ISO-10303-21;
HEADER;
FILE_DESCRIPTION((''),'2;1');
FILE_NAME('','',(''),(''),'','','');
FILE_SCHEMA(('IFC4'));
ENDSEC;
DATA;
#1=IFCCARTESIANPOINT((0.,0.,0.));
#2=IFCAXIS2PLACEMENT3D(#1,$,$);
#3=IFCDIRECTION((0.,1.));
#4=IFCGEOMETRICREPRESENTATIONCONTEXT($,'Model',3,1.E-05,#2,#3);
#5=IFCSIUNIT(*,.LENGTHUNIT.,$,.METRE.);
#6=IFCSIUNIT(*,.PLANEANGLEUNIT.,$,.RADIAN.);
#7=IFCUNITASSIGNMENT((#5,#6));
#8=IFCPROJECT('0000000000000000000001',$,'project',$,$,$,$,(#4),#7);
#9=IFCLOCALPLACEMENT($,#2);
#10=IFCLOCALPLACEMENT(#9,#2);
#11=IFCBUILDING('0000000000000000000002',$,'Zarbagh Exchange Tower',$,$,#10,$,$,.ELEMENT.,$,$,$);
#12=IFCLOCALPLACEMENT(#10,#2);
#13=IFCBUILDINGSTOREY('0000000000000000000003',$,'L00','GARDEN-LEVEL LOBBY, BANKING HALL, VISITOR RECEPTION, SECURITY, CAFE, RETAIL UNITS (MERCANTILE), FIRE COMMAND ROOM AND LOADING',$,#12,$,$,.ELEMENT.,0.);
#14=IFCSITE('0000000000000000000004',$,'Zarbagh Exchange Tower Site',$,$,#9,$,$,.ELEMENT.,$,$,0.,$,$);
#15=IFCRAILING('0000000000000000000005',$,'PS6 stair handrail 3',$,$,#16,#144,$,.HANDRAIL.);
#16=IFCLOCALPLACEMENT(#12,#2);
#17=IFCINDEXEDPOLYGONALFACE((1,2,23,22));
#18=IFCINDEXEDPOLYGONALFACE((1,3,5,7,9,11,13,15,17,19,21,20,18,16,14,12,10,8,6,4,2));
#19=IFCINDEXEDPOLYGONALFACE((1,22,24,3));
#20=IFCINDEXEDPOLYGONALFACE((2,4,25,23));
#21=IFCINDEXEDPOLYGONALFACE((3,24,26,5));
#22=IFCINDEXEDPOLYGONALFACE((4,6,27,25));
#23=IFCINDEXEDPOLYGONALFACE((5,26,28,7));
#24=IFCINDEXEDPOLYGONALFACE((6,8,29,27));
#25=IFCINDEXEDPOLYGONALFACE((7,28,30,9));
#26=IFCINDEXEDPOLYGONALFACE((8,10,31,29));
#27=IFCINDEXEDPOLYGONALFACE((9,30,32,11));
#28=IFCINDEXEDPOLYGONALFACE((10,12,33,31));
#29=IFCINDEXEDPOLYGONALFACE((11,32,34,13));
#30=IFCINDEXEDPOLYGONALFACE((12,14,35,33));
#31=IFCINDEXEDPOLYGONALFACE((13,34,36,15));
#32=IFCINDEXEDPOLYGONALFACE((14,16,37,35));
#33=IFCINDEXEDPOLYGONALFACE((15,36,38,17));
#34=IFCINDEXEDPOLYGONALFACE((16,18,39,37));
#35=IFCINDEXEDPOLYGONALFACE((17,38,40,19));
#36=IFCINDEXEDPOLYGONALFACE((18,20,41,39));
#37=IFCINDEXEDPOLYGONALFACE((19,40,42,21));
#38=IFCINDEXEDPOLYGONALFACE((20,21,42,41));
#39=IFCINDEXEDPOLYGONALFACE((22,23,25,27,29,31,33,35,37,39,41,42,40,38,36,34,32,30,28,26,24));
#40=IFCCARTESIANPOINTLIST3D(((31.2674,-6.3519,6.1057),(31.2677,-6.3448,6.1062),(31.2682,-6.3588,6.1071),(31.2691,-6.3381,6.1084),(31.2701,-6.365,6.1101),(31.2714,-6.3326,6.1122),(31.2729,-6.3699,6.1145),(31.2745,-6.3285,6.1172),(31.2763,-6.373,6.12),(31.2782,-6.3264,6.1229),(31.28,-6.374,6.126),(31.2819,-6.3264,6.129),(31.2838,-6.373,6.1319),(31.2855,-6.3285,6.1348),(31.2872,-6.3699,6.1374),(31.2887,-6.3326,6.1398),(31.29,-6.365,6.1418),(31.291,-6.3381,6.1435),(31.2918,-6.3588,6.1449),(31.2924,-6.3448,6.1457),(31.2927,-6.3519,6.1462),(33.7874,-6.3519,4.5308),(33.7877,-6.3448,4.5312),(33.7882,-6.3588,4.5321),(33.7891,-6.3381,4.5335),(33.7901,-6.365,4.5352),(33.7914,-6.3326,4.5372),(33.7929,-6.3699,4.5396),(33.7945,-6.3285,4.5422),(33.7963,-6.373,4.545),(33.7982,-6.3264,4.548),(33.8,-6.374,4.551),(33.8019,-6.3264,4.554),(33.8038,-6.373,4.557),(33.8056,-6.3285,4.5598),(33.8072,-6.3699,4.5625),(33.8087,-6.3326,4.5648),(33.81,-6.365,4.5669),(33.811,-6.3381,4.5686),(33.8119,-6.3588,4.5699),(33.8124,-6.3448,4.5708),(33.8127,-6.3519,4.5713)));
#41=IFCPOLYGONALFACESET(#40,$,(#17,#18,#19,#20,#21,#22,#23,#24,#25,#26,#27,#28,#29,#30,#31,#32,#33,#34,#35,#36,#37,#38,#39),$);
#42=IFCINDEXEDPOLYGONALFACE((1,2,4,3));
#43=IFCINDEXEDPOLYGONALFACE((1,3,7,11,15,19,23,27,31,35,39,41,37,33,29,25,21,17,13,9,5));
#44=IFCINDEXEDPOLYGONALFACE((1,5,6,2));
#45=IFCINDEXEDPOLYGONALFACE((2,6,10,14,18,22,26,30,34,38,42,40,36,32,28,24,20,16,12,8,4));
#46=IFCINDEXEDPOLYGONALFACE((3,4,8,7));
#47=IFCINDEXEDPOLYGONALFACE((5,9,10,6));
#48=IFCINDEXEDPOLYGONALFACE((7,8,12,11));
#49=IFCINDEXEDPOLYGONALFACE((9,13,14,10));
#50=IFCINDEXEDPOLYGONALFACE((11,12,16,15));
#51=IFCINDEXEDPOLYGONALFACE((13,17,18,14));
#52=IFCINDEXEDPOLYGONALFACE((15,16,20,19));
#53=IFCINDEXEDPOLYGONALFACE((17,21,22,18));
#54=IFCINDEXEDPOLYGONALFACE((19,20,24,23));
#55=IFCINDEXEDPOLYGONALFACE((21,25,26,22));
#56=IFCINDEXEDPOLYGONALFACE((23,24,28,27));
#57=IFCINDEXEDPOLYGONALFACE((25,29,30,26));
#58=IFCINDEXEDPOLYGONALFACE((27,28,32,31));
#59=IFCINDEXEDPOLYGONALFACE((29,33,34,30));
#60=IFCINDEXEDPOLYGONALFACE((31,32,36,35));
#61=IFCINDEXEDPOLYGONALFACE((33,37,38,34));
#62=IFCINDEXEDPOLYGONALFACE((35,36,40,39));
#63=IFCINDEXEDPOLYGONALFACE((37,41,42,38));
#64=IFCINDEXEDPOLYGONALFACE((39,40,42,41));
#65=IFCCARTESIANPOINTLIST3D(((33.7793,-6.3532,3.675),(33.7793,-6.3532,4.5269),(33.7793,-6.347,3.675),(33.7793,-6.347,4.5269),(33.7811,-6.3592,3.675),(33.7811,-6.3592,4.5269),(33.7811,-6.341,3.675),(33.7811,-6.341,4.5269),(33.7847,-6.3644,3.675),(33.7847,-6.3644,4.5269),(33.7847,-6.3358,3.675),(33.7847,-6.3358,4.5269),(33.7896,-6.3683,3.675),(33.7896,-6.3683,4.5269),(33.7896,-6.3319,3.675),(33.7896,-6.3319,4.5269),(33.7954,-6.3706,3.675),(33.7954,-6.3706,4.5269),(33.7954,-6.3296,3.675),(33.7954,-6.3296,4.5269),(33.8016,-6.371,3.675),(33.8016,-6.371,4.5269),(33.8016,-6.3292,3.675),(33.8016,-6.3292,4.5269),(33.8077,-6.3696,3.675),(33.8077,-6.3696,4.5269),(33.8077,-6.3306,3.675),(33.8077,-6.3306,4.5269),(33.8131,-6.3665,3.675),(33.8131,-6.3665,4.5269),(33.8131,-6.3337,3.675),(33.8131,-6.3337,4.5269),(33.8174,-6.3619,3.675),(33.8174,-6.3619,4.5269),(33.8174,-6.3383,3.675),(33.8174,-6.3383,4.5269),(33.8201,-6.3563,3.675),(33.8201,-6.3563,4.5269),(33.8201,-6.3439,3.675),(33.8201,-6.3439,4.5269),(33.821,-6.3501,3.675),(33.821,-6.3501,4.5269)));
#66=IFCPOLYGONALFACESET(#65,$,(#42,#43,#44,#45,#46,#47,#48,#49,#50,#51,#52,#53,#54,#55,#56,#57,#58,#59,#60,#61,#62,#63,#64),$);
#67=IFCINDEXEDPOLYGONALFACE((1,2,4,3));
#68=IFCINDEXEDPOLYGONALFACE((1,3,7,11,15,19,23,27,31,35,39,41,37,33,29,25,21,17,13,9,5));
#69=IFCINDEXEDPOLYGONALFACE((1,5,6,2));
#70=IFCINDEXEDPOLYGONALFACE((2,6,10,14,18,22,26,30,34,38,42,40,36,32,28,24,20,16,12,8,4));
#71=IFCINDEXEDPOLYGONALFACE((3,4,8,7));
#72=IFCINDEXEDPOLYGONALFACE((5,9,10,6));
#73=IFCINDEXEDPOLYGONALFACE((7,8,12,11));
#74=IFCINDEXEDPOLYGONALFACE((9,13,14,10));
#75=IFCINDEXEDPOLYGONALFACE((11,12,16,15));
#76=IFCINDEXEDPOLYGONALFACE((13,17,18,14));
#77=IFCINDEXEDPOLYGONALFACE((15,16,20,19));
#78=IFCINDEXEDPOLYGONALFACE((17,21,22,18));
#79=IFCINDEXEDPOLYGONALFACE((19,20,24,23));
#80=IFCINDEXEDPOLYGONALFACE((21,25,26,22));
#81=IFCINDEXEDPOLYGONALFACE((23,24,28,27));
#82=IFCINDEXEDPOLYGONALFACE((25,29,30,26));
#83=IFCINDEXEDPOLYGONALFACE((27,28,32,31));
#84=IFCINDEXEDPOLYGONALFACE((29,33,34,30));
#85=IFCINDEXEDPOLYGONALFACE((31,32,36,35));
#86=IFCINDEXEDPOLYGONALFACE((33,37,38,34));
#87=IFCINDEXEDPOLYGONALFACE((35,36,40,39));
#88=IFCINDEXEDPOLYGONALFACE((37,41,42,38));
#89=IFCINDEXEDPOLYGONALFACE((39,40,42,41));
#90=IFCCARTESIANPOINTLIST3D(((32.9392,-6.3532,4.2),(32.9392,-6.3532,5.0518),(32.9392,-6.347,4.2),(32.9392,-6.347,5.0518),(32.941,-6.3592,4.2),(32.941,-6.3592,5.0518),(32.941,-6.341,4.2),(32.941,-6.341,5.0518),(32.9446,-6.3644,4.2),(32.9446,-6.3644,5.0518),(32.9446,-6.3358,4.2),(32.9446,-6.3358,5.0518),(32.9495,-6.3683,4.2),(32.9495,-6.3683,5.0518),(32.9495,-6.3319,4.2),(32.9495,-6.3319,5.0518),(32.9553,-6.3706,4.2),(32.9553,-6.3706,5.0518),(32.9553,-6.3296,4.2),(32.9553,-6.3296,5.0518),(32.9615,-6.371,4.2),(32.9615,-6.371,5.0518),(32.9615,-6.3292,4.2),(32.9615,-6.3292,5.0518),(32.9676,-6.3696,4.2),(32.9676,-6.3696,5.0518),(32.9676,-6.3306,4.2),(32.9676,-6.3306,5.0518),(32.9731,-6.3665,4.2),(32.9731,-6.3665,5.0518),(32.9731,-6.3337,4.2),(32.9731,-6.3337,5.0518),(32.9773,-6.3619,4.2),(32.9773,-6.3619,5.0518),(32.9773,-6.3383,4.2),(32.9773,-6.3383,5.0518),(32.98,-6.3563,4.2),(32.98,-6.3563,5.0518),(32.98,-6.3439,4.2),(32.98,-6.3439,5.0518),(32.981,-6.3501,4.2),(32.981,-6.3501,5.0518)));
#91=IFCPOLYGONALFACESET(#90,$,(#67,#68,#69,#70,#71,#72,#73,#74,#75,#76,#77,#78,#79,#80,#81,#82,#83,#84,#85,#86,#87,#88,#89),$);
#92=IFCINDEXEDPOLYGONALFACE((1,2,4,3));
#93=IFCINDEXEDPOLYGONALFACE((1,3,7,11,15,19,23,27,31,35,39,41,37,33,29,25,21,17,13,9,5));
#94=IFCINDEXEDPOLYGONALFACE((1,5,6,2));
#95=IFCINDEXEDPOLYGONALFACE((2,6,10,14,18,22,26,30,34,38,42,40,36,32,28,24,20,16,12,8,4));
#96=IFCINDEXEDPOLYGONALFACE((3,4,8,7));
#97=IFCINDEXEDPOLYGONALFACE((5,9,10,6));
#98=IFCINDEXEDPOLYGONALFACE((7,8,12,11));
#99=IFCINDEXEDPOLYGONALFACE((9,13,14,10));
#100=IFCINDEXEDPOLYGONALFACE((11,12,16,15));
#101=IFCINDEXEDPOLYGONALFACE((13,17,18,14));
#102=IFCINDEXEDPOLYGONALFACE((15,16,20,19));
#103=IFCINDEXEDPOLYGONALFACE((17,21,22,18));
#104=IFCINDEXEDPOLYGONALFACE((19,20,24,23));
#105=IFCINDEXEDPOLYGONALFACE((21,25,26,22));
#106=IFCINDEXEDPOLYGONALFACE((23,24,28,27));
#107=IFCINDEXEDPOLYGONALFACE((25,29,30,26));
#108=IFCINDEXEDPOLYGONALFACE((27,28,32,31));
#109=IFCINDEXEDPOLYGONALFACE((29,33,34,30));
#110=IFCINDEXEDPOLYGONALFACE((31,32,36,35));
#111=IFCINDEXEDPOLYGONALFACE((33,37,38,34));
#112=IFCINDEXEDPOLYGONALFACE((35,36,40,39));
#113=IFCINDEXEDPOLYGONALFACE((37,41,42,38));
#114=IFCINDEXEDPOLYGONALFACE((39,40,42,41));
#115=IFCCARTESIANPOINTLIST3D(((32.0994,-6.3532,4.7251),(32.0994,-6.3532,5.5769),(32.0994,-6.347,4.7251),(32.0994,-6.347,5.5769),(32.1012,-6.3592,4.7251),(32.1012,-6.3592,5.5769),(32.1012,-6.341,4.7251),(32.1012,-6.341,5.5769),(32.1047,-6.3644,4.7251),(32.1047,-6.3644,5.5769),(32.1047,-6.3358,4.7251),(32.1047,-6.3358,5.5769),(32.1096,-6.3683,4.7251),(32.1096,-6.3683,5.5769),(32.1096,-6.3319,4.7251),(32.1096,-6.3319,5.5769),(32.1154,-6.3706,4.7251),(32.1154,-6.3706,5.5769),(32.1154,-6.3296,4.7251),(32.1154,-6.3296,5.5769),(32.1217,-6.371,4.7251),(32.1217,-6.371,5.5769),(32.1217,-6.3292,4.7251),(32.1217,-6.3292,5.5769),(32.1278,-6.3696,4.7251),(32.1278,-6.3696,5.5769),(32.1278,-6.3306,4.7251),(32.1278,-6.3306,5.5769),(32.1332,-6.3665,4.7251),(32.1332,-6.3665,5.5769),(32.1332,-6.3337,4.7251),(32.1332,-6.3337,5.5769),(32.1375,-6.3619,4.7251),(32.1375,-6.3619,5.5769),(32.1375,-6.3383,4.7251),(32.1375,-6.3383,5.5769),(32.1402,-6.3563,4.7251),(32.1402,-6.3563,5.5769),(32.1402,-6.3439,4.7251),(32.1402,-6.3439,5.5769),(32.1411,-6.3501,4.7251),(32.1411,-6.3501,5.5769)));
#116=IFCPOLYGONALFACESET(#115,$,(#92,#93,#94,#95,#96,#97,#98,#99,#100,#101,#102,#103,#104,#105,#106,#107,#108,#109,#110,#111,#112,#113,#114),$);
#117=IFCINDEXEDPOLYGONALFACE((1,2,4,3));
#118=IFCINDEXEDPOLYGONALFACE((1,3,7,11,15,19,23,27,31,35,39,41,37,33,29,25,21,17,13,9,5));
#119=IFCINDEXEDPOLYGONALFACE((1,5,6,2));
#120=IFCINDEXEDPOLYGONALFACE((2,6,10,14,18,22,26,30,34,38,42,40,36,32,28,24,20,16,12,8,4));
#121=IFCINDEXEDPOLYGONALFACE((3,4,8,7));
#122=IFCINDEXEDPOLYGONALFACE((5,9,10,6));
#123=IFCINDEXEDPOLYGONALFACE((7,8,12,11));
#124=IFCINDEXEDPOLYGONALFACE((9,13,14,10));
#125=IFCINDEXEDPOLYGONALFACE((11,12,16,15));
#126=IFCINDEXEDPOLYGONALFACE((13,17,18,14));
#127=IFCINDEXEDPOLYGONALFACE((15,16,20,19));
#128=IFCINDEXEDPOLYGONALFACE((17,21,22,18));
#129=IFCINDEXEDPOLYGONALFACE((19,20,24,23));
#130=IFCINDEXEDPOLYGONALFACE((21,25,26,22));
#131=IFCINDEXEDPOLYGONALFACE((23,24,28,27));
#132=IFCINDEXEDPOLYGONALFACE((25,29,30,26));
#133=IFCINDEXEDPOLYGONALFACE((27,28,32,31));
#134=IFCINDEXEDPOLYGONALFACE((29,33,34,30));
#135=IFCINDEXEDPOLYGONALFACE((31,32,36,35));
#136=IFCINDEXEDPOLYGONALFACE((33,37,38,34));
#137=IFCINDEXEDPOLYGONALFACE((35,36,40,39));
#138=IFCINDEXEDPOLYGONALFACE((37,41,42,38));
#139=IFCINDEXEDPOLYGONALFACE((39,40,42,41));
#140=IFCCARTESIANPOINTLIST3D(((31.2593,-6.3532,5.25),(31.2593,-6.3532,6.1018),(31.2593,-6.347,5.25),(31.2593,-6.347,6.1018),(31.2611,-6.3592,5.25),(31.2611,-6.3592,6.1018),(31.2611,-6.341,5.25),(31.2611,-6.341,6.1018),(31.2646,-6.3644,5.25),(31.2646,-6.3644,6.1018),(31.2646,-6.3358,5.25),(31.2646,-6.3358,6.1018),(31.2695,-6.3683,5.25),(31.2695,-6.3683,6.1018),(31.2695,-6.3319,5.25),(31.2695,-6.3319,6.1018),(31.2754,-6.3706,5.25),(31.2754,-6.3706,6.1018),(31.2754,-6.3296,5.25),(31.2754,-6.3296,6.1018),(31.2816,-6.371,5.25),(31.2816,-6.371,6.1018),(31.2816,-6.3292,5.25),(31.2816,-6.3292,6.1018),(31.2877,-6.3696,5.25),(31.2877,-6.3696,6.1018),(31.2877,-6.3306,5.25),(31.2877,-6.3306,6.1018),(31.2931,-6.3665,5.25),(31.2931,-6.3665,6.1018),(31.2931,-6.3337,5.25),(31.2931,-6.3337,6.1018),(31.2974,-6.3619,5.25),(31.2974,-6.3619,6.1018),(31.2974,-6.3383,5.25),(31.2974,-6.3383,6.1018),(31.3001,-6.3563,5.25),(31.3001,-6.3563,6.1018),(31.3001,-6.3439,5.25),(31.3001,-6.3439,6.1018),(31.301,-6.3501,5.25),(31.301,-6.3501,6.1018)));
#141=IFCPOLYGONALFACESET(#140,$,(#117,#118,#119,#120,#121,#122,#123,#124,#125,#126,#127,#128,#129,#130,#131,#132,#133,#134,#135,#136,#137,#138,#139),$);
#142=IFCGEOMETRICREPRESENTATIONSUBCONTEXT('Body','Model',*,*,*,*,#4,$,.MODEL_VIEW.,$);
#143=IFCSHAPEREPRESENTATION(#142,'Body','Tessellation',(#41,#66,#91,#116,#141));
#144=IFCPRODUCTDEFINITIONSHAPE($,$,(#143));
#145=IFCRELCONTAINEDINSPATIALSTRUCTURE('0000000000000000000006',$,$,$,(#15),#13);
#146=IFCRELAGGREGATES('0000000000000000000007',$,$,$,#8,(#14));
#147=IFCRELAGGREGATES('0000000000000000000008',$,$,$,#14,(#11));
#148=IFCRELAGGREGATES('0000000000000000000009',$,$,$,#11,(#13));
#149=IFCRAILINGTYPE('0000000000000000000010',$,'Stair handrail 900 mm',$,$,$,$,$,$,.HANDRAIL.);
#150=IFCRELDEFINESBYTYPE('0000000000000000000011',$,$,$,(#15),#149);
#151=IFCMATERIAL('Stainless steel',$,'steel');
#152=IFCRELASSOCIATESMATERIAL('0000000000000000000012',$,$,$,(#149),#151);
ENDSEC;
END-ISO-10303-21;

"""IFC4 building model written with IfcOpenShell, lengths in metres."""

from ifc_helpers import new_model, si_unit, direction, frame, origin, origin_2d, place, context, subcontext, project, spatial, circle, extrude, material, type_object, element, save


model = new_model("IFC4")

# Units and contexts
model_context = context("Model", 3, precision=1e-05, world=origin(), true_north=direction((0.0, 1.0)))
body_context = subcontext(model_context, "Body", "Model", "MODEL_VIEW")
ifc_project = project(units=[si_unit("LENGTHUNIT", "METRE"), si_unit("PLANEANGLEUNIT", "RADIAN")], contexts=[model_context])

# Site, building, storey
site_placement = place(None, origin())
site = spatial("IfcSite", under=ifc_project, at=site_placement, Name="Zarbagh Exchange Tower Site", CompositionType="ELEMENT", RefElevation=0.0)
building_placement = place(site_placement, origin())
building = spatial("IfcBuilding", under=site, at=building_placement, Name="Zarbagh Exchange Tower", CompositionType="ELEMENT")
storey_placement = place(building_placement, origin())
storey = spatial("IfcBuildingStorey", under=building, at=storey_placement, Name="L00", Description="GARDEN-LEVEL LOBBY, BANKING HALL, VISITOR RECEPTION, SECURITY, CAFE, RETAIL UNITS (MERCANTILE), FIRE COMMAND ROOM AND LOADING", CompositionType="ELEMENT", Elevation=0.0)

# Railing
ifc_material_1 = material(Name="Stainless steel", Category="steel")
railing_type_1 = type_object("IfcRailingType", Name="Stair handrail 900 mm", PredefinedType="HANDRAIL", material=ifc_material_1)
for number, where, name in (
    (1, (33.8, -6.3501, 3.675), "PS6 stair handrail 3"),
):
    element("IfcRailing", number, at=place(storey_placement, frame(where)), inside=storey, type_object=railing_type_1, Name=name, PredefinedType="HANDRAIL", context=body_context, shape_type="SweptSolid", body=[
        extrude(circle(Radius=0.0239, at=origin_2d()), frame((0.0, 0.0, 0.876), z_axis=(-0.848008, 0.0, 0.529984), x_axis=(0.0, -1.0, 0.0)), (0.0, 0.0, 1.0), 2.9717),
        extrude(circle(Radius=0.021, at=origin_2d()), origin(), (0.0, 0.0, 1.0), 0.8518),
        extrude(circle(Radius=0.021, at=origin_2d()), frame((-0.8401, 0.0, 0.5249)), (0.0, 0.0, 1.0), 0.8518),
        extrude(circle(Radius=0.021, at=origin_2d()), frame((-1.6799, 0.0, 1.05)), (0.0, 0.0, 1.0), 0.8518),
        extrude(circle(Radius=0.021, at=origin_2d()), frame((-2.52, 0.0, 1.575)), (0.0, 0.0, 1.0), 0.8518),
    ])

save(model, "model.ifc")
